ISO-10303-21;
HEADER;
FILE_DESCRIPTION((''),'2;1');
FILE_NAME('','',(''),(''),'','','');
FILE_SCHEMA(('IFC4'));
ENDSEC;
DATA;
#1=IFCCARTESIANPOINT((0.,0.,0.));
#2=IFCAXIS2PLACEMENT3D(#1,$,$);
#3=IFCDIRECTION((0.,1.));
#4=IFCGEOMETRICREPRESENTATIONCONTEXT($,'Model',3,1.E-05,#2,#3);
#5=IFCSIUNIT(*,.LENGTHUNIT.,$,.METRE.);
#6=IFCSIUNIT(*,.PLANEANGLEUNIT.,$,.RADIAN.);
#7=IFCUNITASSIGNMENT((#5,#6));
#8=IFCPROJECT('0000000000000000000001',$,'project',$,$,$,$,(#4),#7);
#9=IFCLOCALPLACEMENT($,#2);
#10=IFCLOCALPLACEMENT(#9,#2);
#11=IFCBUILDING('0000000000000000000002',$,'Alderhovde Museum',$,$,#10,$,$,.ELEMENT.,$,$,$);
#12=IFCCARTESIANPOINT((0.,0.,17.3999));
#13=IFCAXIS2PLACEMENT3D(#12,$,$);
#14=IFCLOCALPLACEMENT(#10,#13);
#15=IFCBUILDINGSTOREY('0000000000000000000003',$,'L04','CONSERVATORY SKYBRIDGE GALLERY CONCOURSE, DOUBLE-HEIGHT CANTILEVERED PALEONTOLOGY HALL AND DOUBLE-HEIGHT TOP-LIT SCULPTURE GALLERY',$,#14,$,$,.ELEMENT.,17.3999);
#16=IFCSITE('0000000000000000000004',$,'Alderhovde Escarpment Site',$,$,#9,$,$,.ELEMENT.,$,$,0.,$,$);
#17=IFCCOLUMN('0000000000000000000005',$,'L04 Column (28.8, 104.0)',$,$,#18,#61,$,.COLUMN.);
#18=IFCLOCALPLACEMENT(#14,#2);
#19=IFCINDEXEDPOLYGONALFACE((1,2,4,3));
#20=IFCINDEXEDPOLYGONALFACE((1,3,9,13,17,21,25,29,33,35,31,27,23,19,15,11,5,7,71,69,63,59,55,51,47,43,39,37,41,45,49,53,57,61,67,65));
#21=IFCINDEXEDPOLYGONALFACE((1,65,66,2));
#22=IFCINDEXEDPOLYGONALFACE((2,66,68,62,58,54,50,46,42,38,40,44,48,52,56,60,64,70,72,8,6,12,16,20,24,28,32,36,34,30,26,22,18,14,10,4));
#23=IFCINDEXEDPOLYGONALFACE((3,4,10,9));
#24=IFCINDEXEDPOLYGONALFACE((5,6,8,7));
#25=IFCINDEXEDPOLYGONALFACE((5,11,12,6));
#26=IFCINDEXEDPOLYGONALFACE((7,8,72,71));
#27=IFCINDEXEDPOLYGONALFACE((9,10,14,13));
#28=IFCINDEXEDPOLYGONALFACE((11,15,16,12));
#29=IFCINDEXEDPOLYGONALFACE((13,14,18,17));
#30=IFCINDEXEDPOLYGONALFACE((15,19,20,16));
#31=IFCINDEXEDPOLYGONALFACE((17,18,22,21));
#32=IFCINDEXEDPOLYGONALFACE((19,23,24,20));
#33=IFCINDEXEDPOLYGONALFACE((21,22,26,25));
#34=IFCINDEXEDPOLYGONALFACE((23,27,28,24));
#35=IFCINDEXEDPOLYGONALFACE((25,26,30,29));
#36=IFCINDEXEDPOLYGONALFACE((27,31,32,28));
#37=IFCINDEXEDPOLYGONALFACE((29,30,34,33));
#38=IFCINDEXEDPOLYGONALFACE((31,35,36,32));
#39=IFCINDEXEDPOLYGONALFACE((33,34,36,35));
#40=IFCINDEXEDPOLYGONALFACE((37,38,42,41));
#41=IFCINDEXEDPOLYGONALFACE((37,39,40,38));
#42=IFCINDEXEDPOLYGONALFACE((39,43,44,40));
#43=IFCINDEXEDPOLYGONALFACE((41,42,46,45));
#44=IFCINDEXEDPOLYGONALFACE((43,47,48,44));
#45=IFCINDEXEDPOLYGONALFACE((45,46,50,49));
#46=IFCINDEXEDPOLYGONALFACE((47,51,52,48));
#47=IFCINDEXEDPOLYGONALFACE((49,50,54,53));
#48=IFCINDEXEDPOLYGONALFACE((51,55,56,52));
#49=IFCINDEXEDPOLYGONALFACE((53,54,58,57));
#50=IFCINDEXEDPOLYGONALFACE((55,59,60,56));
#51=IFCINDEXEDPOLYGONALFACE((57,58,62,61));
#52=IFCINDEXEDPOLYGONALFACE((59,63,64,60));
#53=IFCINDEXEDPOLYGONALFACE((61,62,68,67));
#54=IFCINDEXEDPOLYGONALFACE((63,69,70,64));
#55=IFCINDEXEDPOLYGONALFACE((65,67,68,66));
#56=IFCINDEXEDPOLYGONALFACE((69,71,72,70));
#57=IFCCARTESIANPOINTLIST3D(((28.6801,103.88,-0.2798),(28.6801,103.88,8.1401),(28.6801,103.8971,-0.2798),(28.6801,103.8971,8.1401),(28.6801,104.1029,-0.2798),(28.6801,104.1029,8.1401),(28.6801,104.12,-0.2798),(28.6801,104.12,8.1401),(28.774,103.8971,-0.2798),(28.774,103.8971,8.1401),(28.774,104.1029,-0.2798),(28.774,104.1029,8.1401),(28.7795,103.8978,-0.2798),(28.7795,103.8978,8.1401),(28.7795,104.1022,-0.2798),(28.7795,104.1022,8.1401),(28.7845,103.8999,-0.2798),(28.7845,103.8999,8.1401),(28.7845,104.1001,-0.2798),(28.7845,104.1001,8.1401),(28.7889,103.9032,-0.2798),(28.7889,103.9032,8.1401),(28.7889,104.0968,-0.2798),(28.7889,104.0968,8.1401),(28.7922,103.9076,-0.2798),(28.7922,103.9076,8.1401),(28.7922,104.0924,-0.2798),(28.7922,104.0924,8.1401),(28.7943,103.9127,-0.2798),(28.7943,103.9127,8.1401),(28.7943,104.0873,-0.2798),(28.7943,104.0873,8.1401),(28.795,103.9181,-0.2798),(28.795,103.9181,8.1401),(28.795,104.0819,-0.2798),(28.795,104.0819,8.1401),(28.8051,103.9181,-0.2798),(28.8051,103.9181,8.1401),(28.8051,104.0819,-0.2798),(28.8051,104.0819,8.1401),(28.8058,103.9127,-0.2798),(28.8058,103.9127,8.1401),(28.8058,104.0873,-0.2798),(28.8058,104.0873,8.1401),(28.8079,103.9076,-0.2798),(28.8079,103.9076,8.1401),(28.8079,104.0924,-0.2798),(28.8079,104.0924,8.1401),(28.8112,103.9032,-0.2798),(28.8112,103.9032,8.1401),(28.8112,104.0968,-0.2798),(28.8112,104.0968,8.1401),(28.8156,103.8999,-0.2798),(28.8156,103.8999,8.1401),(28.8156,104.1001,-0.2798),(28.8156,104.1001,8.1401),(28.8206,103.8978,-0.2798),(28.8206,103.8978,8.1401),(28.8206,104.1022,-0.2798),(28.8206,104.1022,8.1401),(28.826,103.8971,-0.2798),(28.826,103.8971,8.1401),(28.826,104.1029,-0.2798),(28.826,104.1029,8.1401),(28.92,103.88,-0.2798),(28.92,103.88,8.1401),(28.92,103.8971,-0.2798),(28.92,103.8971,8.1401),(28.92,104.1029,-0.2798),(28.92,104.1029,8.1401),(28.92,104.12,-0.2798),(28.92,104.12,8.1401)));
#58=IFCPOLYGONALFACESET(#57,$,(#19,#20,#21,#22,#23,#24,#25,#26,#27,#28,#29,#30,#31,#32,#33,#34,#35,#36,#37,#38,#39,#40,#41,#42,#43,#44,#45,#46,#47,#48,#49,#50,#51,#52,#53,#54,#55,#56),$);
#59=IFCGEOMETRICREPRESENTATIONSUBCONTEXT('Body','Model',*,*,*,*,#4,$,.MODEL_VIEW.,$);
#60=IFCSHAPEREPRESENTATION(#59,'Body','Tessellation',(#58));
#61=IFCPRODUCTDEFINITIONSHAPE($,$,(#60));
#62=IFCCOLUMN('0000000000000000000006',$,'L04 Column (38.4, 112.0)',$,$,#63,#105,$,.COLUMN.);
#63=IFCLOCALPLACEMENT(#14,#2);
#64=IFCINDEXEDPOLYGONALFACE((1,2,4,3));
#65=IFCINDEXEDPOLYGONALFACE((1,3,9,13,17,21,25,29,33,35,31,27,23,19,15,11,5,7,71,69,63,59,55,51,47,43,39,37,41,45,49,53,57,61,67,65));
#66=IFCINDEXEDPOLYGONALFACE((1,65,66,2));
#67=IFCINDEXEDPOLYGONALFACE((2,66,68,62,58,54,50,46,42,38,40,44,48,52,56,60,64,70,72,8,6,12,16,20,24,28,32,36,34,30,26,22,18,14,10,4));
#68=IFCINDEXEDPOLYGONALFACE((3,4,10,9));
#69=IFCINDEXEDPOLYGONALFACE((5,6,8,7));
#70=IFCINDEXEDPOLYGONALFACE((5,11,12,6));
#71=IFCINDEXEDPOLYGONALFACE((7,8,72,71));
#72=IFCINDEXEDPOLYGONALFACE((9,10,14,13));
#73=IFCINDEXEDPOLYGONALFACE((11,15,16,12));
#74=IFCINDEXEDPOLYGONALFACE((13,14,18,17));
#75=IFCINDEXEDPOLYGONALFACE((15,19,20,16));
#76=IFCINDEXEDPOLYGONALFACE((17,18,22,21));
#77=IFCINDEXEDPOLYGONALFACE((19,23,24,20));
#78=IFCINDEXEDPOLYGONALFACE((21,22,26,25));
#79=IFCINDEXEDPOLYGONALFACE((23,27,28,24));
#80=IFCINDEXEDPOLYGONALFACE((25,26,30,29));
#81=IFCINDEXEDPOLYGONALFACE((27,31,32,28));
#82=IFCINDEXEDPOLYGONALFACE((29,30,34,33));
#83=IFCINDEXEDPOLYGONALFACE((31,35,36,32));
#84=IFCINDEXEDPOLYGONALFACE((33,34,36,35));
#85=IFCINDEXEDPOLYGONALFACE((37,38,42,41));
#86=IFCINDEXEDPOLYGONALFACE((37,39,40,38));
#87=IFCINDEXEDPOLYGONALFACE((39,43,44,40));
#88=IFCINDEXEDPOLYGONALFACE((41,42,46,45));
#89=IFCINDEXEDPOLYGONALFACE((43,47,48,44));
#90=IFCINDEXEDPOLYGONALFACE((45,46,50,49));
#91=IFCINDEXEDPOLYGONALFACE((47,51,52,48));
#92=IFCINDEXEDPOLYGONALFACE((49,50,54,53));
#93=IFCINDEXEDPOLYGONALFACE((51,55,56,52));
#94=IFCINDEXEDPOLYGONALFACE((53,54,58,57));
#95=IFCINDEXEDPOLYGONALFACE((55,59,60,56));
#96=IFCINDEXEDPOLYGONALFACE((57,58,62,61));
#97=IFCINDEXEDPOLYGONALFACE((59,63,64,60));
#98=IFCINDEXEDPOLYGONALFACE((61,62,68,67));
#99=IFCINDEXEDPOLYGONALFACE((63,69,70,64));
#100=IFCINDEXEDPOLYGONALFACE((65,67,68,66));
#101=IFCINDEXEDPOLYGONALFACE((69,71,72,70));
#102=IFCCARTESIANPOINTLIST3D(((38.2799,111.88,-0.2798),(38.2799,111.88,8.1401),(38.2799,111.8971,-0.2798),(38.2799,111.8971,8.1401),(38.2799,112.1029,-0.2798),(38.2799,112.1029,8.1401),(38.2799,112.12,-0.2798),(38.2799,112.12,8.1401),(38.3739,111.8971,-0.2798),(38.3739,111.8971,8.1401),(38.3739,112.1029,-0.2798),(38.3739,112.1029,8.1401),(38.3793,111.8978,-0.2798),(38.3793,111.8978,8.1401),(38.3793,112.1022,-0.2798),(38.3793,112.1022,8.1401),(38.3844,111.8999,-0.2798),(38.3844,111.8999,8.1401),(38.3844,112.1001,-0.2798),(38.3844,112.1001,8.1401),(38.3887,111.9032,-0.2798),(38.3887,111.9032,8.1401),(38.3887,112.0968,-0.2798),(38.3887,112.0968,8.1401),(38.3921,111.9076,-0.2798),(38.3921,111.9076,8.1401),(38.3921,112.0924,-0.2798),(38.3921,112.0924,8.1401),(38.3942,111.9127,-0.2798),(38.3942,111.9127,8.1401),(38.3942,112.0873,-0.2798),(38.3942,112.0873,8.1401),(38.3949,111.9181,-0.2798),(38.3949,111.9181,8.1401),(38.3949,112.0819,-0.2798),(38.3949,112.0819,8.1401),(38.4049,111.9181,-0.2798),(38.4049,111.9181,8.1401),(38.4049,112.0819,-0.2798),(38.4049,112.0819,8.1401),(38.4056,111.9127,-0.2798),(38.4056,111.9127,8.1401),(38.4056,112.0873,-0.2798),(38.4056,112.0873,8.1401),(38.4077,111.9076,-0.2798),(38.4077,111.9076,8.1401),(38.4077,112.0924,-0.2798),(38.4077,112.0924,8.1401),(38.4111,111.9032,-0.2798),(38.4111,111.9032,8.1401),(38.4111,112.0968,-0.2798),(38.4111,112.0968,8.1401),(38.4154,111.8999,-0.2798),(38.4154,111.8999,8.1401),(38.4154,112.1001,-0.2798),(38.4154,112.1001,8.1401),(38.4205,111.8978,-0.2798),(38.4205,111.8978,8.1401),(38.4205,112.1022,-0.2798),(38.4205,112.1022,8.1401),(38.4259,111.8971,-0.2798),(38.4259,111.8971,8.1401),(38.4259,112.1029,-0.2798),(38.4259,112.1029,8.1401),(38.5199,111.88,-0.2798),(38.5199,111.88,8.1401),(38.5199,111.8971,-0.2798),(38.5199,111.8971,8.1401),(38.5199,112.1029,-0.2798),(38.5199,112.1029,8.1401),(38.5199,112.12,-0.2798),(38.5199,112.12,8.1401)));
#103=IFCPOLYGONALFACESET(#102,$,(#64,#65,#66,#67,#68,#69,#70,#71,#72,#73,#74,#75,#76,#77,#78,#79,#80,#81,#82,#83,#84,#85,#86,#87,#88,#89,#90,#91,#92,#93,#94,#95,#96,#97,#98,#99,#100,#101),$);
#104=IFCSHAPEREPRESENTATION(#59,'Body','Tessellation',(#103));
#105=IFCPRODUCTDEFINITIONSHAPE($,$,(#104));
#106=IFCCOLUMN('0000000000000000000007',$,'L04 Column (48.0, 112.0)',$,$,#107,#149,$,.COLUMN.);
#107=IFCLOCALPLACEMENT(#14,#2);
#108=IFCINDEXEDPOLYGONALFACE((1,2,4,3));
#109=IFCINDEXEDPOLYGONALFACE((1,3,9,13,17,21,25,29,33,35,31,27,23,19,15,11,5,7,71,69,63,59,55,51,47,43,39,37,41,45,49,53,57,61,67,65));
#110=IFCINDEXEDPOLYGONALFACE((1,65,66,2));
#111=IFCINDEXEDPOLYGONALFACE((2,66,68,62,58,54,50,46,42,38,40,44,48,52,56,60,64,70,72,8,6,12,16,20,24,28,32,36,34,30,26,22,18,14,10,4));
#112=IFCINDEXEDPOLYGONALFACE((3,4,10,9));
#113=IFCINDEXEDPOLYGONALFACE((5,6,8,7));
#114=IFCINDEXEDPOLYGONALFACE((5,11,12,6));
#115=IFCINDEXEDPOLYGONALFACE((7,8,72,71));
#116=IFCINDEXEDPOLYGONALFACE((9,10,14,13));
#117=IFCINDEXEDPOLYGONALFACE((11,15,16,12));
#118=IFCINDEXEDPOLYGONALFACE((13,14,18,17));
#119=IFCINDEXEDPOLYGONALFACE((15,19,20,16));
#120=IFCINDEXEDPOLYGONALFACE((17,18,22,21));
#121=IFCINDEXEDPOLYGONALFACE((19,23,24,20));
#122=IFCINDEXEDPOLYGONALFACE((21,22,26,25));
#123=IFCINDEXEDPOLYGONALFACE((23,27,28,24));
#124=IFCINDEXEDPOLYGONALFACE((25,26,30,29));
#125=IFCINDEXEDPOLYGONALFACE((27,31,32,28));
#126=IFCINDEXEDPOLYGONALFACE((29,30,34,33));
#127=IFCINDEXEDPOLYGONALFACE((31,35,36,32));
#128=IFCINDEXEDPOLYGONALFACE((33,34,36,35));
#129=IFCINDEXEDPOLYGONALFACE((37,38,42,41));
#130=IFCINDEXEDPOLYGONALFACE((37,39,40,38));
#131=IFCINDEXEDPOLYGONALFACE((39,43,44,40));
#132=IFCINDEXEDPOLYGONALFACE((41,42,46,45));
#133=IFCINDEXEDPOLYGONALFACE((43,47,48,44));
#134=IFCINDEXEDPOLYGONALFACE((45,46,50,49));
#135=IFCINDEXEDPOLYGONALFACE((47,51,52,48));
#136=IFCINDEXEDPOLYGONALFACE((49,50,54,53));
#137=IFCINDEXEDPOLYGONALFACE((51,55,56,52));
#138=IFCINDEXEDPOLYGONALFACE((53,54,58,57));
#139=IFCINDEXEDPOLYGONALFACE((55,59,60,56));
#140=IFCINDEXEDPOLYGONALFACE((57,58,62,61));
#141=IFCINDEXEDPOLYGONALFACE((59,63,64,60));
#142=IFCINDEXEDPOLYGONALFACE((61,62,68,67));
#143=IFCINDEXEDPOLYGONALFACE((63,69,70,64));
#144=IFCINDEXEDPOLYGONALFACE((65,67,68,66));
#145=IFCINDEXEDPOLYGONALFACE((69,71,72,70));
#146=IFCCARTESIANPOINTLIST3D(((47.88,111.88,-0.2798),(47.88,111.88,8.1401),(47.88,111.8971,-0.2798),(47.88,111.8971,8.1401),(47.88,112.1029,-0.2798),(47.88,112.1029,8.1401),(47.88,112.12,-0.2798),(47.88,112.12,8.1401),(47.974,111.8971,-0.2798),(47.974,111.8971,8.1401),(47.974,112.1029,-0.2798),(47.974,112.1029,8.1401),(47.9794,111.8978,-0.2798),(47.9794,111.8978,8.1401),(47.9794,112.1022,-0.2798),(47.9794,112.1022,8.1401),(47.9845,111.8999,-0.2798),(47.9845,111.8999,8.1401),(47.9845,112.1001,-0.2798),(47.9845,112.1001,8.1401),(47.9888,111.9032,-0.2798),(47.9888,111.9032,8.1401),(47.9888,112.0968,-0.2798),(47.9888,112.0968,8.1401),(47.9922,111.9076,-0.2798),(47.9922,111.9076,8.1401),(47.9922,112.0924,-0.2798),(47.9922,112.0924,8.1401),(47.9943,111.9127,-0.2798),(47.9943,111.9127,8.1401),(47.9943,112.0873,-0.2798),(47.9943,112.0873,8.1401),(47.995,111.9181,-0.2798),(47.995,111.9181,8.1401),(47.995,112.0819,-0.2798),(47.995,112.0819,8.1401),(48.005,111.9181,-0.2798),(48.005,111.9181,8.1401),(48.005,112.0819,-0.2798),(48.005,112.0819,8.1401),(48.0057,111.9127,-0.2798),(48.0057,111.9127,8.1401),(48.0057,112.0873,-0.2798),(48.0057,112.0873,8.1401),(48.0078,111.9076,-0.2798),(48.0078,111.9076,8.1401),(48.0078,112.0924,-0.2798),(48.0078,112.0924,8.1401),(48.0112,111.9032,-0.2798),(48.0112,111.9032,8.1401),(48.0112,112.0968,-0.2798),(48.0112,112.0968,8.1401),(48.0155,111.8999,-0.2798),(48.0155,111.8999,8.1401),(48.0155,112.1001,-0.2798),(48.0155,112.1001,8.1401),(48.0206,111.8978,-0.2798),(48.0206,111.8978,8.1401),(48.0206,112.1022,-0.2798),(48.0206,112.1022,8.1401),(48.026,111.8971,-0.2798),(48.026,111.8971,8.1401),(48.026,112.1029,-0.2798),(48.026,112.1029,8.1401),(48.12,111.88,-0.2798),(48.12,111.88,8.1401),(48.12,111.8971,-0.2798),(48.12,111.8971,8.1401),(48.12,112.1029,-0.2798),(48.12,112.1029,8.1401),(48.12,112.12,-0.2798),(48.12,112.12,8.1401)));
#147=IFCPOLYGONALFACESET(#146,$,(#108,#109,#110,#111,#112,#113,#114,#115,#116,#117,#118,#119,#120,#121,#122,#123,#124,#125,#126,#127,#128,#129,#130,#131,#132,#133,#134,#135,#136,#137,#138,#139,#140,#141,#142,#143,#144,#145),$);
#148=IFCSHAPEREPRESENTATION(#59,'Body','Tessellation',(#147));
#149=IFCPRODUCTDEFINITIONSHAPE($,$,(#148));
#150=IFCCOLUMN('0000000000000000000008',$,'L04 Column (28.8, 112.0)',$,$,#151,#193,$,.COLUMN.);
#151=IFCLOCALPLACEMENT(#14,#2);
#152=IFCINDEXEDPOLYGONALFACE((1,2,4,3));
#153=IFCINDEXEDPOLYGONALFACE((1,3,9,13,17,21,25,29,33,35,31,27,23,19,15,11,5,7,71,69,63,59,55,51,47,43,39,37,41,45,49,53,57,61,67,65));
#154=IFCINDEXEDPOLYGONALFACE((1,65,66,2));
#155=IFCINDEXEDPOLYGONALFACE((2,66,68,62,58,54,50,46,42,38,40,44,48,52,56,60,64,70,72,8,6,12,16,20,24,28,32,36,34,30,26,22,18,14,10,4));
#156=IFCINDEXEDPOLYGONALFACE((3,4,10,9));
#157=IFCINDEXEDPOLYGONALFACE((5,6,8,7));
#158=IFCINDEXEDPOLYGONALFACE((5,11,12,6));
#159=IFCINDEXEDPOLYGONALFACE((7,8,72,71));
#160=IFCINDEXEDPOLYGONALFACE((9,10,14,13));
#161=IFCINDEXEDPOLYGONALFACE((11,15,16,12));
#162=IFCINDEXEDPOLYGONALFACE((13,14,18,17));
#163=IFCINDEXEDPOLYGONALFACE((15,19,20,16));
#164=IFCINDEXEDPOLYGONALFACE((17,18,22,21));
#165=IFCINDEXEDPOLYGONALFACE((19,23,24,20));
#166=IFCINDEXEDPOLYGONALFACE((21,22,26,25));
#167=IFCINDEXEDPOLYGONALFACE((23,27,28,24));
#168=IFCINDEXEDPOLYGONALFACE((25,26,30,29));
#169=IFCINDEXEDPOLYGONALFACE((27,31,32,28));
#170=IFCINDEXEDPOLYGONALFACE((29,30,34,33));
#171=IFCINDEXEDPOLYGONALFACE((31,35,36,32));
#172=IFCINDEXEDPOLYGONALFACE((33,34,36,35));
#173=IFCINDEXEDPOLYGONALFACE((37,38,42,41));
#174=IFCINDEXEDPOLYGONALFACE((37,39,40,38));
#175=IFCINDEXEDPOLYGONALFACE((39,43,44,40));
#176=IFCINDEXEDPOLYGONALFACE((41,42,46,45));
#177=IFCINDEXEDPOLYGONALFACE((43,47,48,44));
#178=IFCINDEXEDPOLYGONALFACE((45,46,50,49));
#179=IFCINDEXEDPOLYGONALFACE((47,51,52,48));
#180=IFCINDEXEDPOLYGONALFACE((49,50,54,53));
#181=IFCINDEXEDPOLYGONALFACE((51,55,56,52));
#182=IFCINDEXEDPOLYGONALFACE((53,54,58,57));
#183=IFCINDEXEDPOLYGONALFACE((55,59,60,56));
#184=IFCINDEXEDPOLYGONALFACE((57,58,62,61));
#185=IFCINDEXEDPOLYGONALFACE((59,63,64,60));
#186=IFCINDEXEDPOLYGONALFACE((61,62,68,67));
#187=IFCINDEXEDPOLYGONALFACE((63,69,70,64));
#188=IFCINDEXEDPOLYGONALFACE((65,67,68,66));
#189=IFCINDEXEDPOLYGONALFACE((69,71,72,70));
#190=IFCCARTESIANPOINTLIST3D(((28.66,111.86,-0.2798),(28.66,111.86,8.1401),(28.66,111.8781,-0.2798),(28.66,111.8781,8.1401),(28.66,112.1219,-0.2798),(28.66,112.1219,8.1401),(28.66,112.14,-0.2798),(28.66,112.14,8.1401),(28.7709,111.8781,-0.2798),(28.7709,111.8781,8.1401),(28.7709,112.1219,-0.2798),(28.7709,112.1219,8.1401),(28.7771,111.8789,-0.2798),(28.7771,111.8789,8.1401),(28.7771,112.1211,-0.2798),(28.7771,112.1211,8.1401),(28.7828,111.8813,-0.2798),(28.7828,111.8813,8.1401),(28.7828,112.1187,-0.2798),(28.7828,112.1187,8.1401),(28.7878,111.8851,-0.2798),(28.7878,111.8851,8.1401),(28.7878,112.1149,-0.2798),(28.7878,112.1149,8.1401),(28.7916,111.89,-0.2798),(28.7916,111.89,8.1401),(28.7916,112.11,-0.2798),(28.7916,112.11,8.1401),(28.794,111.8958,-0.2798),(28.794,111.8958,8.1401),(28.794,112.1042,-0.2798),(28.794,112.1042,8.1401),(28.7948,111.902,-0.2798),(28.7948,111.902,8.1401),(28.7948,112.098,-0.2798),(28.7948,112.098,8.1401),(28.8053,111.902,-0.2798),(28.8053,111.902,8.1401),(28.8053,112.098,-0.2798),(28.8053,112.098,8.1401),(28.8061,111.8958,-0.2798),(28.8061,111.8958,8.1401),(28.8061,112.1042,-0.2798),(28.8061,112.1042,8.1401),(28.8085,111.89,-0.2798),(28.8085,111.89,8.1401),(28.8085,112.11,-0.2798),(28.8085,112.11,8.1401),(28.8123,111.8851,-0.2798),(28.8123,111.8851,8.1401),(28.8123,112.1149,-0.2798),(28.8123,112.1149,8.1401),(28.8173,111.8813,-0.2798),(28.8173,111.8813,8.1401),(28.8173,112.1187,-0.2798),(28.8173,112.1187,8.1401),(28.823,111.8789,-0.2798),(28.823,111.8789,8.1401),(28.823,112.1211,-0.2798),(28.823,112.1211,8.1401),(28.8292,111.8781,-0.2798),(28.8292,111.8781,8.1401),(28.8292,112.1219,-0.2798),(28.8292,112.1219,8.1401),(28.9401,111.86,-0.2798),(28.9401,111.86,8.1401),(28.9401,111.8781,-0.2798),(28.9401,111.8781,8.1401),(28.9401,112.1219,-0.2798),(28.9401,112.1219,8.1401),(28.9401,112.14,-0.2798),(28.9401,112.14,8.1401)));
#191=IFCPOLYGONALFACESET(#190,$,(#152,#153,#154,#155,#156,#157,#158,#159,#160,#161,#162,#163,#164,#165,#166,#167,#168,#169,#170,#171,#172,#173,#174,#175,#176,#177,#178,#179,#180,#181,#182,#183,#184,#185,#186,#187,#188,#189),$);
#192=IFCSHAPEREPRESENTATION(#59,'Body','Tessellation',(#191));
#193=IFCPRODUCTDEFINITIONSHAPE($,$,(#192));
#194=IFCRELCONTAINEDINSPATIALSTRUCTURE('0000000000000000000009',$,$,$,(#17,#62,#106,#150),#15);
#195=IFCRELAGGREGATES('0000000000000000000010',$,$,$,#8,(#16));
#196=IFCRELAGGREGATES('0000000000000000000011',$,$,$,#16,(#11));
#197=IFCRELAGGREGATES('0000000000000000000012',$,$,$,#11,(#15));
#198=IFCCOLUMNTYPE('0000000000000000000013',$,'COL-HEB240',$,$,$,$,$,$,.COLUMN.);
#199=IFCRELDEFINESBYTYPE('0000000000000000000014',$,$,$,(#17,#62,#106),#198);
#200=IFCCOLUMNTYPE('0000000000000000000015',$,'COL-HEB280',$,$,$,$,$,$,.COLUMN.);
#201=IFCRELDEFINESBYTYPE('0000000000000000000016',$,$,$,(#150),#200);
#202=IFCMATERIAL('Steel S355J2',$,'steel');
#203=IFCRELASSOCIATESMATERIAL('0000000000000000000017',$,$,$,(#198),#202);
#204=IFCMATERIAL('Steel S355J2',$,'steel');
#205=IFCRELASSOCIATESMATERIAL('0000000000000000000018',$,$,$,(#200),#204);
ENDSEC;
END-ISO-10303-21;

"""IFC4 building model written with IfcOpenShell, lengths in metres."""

from ifc_helpers import new_model, si_unit, direction, frame, origin, origin_2d, place, context, subcontext, project, spatial, i_section, extrude, material, material_profile, profile_set, type_object, element, save


model = new_model("IFC4")

# Units and contexts
model_context = context("Model", 3, precision=1e-05, world=origin(), true_north=direction((0.0, 1.0)))
body_context = subcontext(model_context, "Body", "Model", "MODEL_VIEW")
ifc_project = project(units=[si_unit("LENGTHUNIT", "METRE"), si_unit("PLANEANGLEUNIT", "RADIAN")], contexts=[model_context])

# Site, building, storey
site_placement = place(None, origin())
site = spatial("IfcSite", under=ifc_project, at=site_placement, Name="Alderhovde Escarpment Site", CompositionType="ELEMENT", RefElevation=0.0)
building_placement = place(site_placement, origin())
building = spatial("IfcBuilding", under=site, at=building_placement, Name="Alderhovde Museum", CompositionType="ELEMENT")
storey_placement = place(building_placement, frame((0.0, 0.0, 17.3999)))
storey = spatial("IfcBuildingStorey", under=building, at=storey_placement, Name="L04", Description="CONSERVATORY SKYBRIDGE GALLERY CONCOURSE, DOUBLE-HEIGHT CANTILEVERED PALEONTOLOGY HALL AND DOUBLE-HEIGHT TOP-LIT SCULPTURE GALLERY", CompositionType="ELEMENT", Elevation=17.3999)

# Columns
ifc_material_1 = material(Name="Steel S355J2", Category="steel")
ifc_material_profile_1 = material_profile(ifc_material_1, i_section(OverallWidth=0.24, OverallDepth=0.24, WebThickness=0.01, FlangeThickness=0.0171, FilletRadius=0.021, at=origin_2d()), Name="HEB 240")
ifc_profile_set_1 = profile_set([ifc_material_profile_1], Name="Steel S355J2")
column_type_1 = type_object("IfcColumnType", Name="COL-HEB240", PredefinedType="COLUMN", material=ifc_profile_set_1)
for number, where, z_axis, x_axis, name in (
    (1, (28.8, 104.0, -0.2798), (0.0, 0.0, 1.0), (1.0, 0.0, 0.0), "L04 Column (28.8, 104.0)"),
    (2, (38.3999, 112.0, -0.2798), (0.0, 0.0, 1.0), (1.0, 0.0, 0.0), "L04 Column (38.4, 112.0)"),
    (3, (48.0, 112.0, -0.2798), (0.0, 0.0, 1.0), (1.0, 0.0, 0.0), "L04 Column (48.0, 112.0)"),
):
    element("IfcColumn", number, at=place(storey_placement, frame(where, z_axis=z_axis, x_axis=x_axis)), inside=storey, type_object=column_type_1, Name=name, PredefinedType="COLUMN", context=body_context, shape_type="SweptSolid", body=[
        extrude(i_section(OverallWidth=0.24, OverallDepth=0.24, WebThickness=0.01, FlangeThickness=0.0171, FilletRadius=0.021, at=origin_2d()), origin(), (0.0, 0.0, 1.0), 8.4199),
    ])
ifc_material_2 = material(Name="Steel S355J2", Category="steel")
ifc_material_profile_2 = material_profile(ifc_material_2, i_section(OverallWidth=0.28, OverallDepth=0.28, WebThickness=0.0105, FlangeThickness=0.0181, FilletRadius=0.0239, at=origin_2d()), Name="HEB 280")
ifc_profile_set_2 = profile_set([ifc_material_profile_2], Name="Steel S355J2")
column_type_2 = type_object("IfcColumnType", Name="COL-HEB280", PredefinedType="COLUMN", material=ifc_profile_set_2)
for number, where, z_axis, x_axis, name in (
    (4, (28.8, 112.0, -0.2798), (0.0, 0.0, 1.0), (1.0, 0.0, 0.0), "L04 Column (28.8, 112.0)"),
):
    element("IfcColumn", number, at=place(storey_placement, frame(where, z_axis=z_axis, x_axis=x_axis)), inside=storey, type_object=column_type_2, Name=name, PredefinedType="COLUMN", context=body_context, shape_type="SweptSolid", body=[
        extrude(i_section(OverallWidth=0.28, OverallDepth=0.28, WebThickness=0.0105, FlangeThickness=0.0181, FilletRadius=0.0239, at=origin_2d()), origin(), (0.0, 0.0, 1.0), 8.4199),
    ])

save(model, "model.ifc")
